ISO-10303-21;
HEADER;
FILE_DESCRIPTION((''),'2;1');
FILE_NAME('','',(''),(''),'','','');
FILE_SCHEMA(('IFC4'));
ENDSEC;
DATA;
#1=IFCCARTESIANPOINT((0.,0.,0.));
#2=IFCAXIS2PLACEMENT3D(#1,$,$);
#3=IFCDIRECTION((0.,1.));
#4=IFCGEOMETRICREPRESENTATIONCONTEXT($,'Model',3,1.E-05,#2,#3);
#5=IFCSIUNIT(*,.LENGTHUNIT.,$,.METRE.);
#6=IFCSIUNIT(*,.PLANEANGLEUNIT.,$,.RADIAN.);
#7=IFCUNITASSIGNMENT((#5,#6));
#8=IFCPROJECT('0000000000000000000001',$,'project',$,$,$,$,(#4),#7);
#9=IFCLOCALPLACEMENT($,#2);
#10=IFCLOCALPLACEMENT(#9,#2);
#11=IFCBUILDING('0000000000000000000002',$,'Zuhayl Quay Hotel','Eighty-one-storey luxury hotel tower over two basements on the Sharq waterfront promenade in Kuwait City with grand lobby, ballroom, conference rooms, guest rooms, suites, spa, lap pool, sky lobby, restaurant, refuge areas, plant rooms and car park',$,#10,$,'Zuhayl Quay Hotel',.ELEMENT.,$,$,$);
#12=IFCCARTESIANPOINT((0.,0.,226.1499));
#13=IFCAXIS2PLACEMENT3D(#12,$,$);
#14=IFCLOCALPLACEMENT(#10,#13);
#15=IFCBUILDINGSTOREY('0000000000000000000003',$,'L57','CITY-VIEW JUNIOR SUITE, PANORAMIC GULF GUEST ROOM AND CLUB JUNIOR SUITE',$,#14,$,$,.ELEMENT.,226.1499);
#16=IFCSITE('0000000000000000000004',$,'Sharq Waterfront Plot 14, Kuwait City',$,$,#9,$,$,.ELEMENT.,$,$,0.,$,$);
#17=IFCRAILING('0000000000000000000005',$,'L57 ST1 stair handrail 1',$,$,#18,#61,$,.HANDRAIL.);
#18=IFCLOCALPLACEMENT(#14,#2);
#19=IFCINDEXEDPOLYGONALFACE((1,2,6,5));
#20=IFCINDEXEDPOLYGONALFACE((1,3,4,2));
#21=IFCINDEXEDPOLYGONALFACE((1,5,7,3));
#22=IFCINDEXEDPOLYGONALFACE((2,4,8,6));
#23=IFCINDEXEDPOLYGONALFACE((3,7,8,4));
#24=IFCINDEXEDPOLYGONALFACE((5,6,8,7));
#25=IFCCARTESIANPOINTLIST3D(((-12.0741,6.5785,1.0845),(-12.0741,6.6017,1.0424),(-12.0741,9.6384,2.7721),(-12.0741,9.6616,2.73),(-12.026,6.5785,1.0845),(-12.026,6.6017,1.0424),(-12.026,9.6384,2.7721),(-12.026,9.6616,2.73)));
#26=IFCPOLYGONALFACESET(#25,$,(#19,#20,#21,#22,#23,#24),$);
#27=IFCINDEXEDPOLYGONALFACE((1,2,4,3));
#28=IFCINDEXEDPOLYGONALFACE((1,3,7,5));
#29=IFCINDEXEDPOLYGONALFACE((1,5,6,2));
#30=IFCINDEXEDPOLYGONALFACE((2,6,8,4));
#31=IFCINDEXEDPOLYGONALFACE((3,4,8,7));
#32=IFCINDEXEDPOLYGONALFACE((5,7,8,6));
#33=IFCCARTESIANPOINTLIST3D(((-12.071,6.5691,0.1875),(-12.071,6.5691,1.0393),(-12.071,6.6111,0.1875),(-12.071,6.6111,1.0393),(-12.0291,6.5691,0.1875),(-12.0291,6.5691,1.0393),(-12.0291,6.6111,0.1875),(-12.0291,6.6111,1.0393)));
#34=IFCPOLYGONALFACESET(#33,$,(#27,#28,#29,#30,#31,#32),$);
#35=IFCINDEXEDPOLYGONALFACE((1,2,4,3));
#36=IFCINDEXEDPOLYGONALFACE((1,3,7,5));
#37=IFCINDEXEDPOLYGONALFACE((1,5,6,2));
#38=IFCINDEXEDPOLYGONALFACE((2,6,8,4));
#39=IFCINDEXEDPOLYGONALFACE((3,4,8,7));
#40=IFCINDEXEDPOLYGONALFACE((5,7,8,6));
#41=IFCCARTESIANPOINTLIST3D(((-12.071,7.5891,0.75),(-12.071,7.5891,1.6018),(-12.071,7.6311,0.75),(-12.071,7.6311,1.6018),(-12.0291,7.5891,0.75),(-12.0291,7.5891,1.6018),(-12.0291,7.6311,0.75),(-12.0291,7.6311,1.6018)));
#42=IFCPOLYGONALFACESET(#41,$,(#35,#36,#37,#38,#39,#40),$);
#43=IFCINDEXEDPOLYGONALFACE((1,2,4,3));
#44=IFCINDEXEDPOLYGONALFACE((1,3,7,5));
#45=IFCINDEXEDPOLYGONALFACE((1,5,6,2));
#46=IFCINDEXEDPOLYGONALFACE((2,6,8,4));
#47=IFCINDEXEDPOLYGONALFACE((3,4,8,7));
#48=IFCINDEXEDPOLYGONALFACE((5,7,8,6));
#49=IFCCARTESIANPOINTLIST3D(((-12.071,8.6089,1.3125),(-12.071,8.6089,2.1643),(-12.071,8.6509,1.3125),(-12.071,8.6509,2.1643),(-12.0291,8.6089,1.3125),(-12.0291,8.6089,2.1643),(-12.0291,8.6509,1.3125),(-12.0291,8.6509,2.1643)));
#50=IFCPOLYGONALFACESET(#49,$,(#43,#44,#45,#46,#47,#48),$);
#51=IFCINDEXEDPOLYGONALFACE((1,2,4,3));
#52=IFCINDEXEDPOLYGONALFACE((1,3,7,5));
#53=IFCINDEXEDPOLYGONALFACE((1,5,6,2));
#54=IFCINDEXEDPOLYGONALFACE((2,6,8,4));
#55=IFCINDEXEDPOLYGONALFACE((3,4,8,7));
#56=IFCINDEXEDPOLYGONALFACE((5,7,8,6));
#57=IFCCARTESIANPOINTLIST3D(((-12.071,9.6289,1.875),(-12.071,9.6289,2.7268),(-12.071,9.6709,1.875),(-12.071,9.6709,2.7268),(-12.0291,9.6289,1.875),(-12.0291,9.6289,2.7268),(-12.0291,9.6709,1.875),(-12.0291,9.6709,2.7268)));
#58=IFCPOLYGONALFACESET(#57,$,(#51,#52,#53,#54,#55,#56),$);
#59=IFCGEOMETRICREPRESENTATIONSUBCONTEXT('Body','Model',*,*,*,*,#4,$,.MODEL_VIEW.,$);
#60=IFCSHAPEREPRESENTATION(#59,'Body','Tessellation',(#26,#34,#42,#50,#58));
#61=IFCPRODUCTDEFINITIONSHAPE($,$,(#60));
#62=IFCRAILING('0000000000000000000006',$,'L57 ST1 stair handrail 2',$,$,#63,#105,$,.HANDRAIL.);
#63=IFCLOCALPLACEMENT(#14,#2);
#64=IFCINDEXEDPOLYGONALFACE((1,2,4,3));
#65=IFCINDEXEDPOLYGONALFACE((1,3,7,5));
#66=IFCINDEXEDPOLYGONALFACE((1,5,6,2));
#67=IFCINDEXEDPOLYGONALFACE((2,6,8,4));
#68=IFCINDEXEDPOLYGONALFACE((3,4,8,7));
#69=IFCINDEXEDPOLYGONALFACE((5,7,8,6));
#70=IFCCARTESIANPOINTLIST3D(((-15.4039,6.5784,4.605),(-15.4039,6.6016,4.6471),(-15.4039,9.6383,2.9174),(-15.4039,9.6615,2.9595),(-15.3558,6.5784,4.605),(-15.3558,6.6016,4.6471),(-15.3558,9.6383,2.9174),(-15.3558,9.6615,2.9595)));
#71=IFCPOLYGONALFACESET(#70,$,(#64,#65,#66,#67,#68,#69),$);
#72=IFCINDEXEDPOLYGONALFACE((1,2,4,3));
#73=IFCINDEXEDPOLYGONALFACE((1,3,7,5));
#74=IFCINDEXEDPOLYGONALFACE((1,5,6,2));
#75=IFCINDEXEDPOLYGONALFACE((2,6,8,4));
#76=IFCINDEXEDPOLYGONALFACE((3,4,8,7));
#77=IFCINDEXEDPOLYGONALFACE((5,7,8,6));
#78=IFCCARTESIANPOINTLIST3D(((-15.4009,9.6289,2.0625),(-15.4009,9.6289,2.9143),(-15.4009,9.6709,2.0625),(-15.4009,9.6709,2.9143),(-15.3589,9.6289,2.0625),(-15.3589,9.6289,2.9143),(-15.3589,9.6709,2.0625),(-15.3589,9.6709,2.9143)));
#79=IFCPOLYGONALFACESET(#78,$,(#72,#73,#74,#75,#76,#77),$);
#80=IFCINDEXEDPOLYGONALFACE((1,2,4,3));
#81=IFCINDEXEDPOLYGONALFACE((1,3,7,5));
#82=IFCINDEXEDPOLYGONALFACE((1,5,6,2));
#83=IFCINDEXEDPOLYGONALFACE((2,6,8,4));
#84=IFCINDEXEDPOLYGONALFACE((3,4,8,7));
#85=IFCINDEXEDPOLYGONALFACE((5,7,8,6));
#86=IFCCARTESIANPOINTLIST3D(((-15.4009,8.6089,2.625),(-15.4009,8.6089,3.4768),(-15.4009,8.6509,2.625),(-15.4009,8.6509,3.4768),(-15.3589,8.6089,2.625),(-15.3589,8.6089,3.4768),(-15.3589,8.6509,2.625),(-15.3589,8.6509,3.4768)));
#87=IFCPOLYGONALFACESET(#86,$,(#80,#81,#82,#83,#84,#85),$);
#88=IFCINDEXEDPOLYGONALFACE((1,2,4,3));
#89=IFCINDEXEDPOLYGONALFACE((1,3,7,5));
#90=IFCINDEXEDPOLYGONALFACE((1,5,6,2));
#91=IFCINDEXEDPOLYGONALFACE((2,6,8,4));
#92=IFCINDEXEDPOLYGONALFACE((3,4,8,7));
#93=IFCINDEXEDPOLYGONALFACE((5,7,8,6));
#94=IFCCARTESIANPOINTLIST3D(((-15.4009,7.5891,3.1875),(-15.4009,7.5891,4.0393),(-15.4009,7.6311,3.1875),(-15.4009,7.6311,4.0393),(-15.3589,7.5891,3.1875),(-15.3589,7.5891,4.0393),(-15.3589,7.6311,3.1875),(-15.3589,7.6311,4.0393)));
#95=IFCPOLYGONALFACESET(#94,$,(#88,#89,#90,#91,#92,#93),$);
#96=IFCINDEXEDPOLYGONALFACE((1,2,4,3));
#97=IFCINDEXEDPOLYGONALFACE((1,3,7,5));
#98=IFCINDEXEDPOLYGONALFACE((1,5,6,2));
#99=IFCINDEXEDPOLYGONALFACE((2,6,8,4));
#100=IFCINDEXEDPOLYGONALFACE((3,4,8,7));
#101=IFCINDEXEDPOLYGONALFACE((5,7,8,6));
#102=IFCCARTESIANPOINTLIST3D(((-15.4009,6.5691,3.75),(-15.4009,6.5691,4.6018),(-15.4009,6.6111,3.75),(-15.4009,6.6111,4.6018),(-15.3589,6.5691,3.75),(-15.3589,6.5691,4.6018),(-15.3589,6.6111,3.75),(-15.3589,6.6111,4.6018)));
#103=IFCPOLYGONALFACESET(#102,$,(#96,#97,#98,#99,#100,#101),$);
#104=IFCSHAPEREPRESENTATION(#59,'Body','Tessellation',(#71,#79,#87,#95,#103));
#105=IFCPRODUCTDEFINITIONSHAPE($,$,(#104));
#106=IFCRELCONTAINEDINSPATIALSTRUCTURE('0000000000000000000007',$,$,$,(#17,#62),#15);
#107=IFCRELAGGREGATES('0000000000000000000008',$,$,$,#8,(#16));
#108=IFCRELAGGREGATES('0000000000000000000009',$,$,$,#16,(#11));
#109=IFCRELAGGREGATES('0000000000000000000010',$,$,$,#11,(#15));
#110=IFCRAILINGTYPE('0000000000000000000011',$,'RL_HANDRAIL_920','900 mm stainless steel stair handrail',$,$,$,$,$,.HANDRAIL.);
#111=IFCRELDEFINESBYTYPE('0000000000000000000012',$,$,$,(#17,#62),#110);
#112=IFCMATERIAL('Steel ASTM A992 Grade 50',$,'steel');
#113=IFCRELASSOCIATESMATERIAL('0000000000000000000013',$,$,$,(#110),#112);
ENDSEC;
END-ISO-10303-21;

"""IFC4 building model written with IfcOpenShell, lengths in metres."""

from ifc_helpers import new_model, si_unit, direction, frame, origin, origin_2d, place, context, subcontext, project, spatial, rectangle, extrude, material, type_object, element, save


model = new_model("IFC4")

# Units and contexts
model_context = context("Model", 3, precision=1e-05, world=origin(), true_north=direction((0.0, 1.0)))
body_context = subcontext(model_context, "Body", "Model", "MODEL_VIEW")
ifc_project = project(units=[si_unit("LENGTHUNIT", "METRE"), si_unit("PLANEANGLEUNIT", "RADIAN")], contexts=[model_context])

# Site, building, storey
site_placement = place(None, origin())
site = spatial("IfcSite", under=ifc_project, at=site_placement, Name="Sharq Waterfront Plot 14, Kuwait City", CompositionType="ELEMENT", RefElevation=0.0)
building_placement = place(site_placement, origin())
building = spatial("IfcBuilding", under=site, at=building_placement, Name="Zuhayl Quay Hotel", Description="Eighty-one-storey luxury hotel tower over two basements on the Sharq waterfront promenade in Kuwait City with grand lobby, ballroom, conference rooms, guest rooms, suites, spa, lap pool, sky lobby, restaurant, refuge areas, plant rooms and car park", LongName="Zuhayl Quay Hotel", CompositionType="ELEMENT")
storey_placement = place(building_placement, frame((0.0, 0.0, 226.1499)))
storey = spatial("IfcBuildingStorey", under=building, at=storey_placement, Name="L57", Description="CITY-VIEW JUNIOR SUITE, PANORAMIC GULF GUEST ROOM AND CLUB JUNIOR SUITE", CompositionType="ELEMENT", Elevation=226.1499)

# Shared definitions
ifc_material_1 = material(Name="Steel ASTM A992 Grade 50", Category="steel")

# Railings
railing_type_1 = type_object("IfcRailingType", Name="RL_HANDRAIL_920", Description="900 mm stainless steel stair handrail", PredefinedType="HANDRAIL", material=ifc_material_1)
railing_1_placement = place(storey_placement, frame((-12.05, 6.5901, 0.1875)))
element("IfcRailing", 1, at=railing_1_placement, inside=storey, type_object=railing_type_1, Name="L57 ST1 stair handrail 1", PredefinedType="HANDRAIL", context=body_context, shape_type="SweptSolid", body=[
    extrude(rectangle(XDim=0.0481, YDim=0.0481, at=origin_2d()), frame((0.0, 0.0, 0.876), z_axis=(0.0, 0.875659, 0.48293), x_axis=(-1.0, 0.0, 0.0)), (0.0, 0.0, 1.0), 3.4944),
    extrude(rectangle(XDim=0.042, YDim=0.042, at=origin_2d()), origin(), (0.0, 0.0, 1.0), 0.8518),
    extrude(rectangle(XDim=0.042, YDim=0.042, at=origin_2d()), frame((0.0, 1.02, 0.5625)), (0.0, 0.0, 1.0), 0.8518),
    extrude(rectangle(XDim=0.042, YDim=0.042, at=origin_2d()), frame((0.0, 2.0398, 1.125)), (0.0, 0.0, 1.0), 0.8518),
    extrude(rectangle(XDim=0.042, YDim=0.042, at=origin_2d()), frame((0.0, 3.0598, 1.6875)), (0.0, 0.0, 1.0), 0.8518),
])
railing_2_placement = place(storey_placement, frame((-15.3799, 9.6499, 2.0625)))
element("IfcRailing", 2, at=railing_2_placement, inside=storey, type_object=railing_type_1, Name="L57 ST1 stair handrail 2", PredefinedType="HANDRAIL", context=body_context, shape_type="SweptSolid", body=[
    extrude(rectangle(XDim=0.0481, YDim=0.0481, at=origin_2d()), frame((0.0, 0.0, 0.876), z_axis=(0.0, -0.875659, 0.48293), x_axis=(1.0, 0.0, 0.0)), (0.0, 0.0, 1.0), 3.4944),
    extrude(rectangle(XDim=0.042, YDim=0.042, at=origin_2d()), origin(), (0.0, 0.0, 1.0), 0.8518),
    extrude(rectangle(XDim=0.042, YDim=0.042, at=origin_2d()), frame((0.0, -1.02, 0.5625)), (0.0, 0.0, 1.0), 0.8518),
    extrude(rectangle(XDim=0.042, YDim=0.042, at=origin_2d()), frame((0.0, -2.0398, 1.125)), (0.0, 0.0, 1.0), 0.8518),
    extrude(rectangle(XDim=0.042, YDim=0.042, at=origin_2d()), frame((0.0, -3.0598, 1.6875)), (0.0, 0.0, 1.0), 0.8518),
])

save(model, "model.ifc")
